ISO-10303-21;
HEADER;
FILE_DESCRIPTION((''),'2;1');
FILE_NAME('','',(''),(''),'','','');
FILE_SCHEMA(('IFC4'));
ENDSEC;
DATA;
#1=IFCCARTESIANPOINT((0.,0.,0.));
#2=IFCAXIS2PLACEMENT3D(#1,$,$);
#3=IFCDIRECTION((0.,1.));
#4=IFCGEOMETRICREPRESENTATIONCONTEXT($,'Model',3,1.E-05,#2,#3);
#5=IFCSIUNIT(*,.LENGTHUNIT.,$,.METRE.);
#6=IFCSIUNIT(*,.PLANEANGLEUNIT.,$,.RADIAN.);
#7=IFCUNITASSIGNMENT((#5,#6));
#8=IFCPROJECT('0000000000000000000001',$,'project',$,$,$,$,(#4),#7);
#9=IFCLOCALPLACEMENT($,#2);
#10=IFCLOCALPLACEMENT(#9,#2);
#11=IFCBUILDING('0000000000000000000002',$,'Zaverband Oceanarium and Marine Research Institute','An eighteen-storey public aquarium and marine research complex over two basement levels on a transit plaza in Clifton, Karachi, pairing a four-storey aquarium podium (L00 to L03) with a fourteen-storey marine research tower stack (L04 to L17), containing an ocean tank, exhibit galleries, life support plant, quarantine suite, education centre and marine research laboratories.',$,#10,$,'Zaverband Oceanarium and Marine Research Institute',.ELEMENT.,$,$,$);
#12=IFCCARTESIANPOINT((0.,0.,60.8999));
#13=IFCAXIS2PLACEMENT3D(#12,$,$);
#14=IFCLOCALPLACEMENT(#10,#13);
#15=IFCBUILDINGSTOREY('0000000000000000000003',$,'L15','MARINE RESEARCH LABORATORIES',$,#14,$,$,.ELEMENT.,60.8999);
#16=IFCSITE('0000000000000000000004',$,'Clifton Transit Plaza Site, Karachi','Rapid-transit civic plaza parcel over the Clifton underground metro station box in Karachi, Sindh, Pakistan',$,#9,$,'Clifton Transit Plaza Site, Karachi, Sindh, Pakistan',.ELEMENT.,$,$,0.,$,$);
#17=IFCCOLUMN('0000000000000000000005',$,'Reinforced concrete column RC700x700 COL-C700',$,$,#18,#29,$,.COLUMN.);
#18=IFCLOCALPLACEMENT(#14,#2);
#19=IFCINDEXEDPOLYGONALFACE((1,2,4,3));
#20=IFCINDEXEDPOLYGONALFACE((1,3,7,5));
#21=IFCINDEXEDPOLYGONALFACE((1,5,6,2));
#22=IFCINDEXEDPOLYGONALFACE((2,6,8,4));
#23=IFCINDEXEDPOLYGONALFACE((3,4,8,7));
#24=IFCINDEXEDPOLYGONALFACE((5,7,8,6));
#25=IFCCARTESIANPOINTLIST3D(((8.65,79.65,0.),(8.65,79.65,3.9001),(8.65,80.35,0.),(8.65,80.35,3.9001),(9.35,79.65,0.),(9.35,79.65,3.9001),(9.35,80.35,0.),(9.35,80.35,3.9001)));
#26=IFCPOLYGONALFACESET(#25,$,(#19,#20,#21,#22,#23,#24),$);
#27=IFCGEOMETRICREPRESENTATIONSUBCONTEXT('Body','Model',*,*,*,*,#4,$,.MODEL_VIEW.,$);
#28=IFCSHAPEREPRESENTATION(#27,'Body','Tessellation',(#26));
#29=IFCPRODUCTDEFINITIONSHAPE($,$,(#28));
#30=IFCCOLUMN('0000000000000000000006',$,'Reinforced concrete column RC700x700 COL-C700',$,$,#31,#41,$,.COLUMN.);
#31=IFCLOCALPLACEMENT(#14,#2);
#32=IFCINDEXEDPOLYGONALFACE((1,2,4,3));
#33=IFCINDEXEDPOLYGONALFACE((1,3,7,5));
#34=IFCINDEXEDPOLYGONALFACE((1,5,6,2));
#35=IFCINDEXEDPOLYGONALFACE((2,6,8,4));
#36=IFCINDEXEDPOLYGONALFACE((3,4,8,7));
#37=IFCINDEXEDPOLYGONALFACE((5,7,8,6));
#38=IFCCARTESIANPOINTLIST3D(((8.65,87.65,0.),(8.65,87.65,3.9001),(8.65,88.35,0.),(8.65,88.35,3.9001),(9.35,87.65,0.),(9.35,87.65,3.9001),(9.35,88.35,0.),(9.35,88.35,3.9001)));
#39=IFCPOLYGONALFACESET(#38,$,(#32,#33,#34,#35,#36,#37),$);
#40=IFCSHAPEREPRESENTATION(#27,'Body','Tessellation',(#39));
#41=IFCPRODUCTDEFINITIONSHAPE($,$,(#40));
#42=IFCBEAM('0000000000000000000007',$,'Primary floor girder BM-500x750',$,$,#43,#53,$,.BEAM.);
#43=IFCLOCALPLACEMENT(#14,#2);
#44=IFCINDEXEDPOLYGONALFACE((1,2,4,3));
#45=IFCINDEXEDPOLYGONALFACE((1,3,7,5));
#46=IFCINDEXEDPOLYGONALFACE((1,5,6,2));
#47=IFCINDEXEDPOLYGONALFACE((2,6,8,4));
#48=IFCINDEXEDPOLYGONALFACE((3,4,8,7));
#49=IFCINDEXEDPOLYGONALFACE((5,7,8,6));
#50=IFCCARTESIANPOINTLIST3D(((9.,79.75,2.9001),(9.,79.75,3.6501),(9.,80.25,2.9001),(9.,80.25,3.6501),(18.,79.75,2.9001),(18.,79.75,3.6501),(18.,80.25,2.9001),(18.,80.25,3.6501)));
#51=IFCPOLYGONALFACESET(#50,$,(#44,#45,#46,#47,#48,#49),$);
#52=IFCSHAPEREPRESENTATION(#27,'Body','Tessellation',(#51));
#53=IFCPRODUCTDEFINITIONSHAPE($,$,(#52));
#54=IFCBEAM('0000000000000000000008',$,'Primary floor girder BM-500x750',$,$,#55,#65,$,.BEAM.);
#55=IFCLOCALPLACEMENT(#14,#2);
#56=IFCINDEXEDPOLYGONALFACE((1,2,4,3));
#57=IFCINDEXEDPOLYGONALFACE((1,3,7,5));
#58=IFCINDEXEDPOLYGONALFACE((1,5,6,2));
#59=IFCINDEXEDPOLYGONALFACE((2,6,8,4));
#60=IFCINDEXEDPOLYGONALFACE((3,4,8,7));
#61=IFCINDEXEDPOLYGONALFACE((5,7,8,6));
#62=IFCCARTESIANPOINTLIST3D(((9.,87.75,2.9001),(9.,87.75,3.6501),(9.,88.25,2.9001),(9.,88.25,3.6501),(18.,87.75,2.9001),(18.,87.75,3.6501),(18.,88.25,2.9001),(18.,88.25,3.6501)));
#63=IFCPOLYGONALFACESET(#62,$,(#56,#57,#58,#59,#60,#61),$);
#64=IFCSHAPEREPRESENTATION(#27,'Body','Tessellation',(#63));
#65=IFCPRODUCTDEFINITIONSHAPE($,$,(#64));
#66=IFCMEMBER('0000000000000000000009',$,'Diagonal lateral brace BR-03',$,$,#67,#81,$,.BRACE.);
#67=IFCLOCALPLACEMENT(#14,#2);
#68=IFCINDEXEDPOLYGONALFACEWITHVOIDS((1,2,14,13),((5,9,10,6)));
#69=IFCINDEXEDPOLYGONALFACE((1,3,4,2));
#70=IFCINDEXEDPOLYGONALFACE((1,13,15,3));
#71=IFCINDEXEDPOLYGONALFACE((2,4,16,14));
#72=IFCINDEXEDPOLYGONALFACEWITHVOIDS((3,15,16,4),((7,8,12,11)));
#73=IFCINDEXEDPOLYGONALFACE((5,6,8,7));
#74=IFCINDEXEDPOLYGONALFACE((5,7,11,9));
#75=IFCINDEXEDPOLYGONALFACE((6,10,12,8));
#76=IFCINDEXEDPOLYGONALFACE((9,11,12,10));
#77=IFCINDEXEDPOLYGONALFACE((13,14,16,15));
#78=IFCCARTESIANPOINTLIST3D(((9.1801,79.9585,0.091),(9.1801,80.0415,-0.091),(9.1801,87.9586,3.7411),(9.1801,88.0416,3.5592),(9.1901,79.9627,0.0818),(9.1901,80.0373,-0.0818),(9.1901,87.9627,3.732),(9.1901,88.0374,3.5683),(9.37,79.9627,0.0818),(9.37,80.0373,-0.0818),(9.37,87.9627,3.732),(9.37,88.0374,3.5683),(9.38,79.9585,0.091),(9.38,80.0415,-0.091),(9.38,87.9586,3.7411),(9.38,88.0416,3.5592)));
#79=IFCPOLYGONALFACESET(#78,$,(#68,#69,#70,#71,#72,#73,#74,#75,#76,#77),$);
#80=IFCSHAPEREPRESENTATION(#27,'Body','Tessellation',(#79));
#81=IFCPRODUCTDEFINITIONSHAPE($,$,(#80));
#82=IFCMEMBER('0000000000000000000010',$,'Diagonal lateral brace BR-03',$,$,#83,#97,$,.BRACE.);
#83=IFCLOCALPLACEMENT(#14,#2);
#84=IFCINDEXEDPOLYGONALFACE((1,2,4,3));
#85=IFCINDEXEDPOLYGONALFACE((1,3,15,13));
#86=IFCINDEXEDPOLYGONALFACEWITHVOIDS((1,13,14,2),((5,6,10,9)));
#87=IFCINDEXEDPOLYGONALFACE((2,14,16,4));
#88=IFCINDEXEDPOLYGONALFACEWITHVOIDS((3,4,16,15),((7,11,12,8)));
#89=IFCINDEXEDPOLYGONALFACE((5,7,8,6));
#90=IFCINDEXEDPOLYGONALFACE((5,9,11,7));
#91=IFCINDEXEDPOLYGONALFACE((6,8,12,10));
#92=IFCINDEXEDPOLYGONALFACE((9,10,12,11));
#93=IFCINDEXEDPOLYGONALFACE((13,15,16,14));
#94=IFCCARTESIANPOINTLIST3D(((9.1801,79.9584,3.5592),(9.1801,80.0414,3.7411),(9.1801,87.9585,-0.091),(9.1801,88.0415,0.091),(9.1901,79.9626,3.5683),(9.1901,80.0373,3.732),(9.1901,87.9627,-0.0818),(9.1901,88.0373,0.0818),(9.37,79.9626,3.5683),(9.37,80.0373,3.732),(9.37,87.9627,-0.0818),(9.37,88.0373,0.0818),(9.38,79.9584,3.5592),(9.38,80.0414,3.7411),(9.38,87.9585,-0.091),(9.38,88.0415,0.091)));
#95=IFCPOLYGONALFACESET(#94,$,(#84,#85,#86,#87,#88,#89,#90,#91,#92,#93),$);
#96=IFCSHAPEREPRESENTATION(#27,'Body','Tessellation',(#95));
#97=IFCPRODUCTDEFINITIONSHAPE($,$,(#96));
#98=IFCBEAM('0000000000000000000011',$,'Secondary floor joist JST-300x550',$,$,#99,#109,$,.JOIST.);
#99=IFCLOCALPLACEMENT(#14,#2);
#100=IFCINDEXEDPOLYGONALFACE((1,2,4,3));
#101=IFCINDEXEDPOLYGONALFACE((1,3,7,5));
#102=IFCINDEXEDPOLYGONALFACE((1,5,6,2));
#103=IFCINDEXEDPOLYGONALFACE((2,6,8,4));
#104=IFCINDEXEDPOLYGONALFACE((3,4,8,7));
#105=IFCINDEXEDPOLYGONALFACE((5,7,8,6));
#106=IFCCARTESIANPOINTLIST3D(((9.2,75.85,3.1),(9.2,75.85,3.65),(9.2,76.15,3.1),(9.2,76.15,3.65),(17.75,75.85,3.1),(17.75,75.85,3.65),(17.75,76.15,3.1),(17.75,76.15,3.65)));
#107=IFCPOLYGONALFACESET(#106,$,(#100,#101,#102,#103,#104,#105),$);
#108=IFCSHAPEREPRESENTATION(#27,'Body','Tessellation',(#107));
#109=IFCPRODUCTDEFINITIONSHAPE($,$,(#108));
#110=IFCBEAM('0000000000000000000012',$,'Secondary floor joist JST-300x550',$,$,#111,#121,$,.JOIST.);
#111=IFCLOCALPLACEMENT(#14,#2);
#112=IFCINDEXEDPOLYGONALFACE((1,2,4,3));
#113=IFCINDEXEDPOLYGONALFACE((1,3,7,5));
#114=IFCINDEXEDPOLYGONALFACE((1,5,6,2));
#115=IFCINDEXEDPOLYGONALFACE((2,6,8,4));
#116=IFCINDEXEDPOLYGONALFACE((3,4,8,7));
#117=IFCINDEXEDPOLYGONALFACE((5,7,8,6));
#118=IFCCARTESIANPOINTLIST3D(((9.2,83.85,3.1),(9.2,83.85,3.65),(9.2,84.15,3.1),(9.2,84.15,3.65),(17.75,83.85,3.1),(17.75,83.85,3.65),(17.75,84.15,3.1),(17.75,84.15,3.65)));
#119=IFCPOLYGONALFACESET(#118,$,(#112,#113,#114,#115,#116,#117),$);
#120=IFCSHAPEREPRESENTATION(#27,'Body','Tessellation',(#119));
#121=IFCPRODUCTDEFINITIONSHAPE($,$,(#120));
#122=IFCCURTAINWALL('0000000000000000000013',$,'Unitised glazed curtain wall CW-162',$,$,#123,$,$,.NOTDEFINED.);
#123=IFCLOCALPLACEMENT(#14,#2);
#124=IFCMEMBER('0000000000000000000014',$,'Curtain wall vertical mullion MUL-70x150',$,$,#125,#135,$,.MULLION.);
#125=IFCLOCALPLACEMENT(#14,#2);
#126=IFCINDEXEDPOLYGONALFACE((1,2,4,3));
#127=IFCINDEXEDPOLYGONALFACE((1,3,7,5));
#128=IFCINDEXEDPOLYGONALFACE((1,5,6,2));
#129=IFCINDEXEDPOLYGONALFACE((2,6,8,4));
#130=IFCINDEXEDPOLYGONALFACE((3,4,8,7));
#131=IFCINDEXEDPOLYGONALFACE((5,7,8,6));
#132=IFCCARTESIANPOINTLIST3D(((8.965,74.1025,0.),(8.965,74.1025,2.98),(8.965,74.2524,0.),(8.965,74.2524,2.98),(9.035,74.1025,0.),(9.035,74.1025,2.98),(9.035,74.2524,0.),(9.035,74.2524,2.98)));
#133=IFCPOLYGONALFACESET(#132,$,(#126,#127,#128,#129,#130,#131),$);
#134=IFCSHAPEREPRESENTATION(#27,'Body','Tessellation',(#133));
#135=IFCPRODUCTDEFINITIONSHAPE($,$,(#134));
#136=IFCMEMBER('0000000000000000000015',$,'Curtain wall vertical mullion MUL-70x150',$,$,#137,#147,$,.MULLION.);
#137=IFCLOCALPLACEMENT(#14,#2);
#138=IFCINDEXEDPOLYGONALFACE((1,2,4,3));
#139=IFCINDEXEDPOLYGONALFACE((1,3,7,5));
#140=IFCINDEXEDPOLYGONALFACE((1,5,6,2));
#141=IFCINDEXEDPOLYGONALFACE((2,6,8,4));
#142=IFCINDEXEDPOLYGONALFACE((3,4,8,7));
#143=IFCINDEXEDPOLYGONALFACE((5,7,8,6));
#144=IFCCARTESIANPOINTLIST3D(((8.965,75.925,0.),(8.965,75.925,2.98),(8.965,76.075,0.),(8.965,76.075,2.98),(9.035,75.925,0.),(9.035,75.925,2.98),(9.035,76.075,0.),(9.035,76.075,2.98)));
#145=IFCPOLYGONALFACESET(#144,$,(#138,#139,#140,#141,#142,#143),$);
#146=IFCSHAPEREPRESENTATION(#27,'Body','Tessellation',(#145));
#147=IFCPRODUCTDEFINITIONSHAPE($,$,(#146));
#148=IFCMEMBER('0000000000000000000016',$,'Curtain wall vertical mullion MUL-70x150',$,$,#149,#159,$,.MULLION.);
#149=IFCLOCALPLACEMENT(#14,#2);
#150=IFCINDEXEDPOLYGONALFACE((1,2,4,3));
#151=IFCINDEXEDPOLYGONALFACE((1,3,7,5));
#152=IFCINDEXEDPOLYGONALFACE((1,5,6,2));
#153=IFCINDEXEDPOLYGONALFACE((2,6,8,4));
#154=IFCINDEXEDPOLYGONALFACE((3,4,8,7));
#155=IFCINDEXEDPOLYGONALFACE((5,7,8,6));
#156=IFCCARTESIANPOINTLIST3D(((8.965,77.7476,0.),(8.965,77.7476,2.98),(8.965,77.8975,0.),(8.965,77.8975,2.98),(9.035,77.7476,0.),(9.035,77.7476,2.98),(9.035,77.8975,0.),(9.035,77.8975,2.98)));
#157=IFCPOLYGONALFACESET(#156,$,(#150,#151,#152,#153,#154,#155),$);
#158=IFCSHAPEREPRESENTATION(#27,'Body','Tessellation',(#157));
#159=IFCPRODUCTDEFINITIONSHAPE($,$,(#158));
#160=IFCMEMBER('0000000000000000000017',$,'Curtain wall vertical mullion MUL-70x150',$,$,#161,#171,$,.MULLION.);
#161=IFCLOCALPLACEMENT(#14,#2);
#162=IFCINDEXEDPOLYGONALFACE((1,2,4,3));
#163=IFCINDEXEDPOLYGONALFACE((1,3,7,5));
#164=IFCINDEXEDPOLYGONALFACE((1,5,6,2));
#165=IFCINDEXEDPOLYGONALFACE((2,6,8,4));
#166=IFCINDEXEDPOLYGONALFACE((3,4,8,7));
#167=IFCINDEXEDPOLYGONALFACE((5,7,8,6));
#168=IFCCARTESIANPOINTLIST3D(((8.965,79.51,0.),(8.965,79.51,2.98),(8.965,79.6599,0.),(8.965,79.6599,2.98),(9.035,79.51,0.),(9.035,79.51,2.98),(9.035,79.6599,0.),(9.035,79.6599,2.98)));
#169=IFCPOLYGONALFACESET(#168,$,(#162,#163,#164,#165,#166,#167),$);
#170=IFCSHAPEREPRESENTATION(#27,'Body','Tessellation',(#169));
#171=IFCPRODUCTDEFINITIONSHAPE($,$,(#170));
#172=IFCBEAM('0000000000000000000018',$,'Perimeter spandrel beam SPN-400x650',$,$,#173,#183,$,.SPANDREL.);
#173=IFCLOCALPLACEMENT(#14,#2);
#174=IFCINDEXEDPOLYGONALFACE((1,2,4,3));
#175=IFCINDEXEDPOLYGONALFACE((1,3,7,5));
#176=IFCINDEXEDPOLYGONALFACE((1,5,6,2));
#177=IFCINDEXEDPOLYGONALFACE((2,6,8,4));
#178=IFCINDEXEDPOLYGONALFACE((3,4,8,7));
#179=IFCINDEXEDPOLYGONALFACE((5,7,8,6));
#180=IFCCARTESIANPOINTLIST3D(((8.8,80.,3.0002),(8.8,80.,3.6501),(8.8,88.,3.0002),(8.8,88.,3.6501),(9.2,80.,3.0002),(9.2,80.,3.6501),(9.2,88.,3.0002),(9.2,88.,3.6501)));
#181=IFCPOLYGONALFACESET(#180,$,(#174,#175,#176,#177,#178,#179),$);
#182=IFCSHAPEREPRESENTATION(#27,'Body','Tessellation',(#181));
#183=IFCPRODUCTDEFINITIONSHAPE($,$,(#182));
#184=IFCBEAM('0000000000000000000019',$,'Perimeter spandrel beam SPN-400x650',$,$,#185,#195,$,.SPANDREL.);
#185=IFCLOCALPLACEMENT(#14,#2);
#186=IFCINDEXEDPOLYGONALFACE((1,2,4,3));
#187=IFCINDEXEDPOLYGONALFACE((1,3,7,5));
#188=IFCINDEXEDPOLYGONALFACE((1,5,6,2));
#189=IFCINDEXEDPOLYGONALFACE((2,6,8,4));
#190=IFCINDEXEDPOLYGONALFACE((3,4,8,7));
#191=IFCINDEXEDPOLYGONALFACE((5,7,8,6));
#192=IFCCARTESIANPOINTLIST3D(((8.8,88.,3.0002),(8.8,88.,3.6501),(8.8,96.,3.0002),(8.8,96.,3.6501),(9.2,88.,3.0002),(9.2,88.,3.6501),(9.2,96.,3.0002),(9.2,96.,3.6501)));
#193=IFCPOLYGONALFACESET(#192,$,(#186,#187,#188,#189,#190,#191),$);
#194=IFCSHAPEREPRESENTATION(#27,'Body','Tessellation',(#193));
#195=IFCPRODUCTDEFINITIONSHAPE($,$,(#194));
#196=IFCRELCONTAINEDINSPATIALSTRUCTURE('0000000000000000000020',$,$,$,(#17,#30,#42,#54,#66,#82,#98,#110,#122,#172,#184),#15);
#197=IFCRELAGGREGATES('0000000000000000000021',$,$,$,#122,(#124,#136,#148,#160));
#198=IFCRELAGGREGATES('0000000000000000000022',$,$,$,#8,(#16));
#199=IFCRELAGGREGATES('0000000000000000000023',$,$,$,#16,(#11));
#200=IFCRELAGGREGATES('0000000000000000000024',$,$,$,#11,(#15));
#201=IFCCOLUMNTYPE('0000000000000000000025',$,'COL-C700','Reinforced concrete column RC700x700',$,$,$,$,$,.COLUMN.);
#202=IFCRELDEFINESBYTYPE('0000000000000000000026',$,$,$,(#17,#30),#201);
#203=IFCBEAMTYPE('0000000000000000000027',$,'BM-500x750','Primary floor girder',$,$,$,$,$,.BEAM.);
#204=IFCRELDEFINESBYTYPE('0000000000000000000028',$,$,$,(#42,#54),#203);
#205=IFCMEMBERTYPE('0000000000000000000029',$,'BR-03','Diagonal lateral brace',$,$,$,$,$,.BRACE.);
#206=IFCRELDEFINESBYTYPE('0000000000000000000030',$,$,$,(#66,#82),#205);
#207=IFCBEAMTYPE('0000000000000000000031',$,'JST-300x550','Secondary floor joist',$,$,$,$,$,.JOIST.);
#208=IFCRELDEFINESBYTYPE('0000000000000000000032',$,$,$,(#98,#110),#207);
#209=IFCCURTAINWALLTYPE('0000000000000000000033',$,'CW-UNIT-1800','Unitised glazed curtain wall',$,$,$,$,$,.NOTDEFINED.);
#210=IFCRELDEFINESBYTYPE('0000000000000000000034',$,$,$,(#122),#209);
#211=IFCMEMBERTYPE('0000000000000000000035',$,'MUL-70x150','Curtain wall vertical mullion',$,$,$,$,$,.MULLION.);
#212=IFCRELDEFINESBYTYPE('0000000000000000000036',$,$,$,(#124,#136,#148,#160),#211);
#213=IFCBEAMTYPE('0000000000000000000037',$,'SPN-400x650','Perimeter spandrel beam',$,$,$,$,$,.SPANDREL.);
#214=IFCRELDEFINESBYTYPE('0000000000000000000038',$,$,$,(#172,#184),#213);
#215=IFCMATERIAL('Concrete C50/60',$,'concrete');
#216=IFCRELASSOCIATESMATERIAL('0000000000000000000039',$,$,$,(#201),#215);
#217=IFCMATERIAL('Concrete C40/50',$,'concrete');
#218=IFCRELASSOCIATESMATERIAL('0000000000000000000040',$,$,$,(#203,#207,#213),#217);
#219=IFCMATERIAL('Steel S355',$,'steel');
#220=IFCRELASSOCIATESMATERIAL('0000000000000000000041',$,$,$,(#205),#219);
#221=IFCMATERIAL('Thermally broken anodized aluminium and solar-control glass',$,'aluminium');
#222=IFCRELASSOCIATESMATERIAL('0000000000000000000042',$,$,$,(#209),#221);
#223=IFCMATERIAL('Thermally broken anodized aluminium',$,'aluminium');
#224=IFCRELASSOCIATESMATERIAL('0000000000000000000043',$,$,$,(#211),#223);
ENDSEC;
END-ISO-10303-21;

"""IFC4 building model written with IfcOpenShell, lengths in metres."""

from ifc_helpers import new_model, si_unit, direction, frame, origin, origin_2d, place, context, subcontext, project, spatial, rectangle, hollow_rectangle, extrude, material, material_profile, profile_set, type_object, element, aggregate, save


model = new_model("IFC4")

# Units and contexts
model_context = context("Model", 3, precision=1e-05, world=origin(), true_north=direction((0.0, 1.0)))
body_context = subcontext(model_context, "Body", "Model", "MODEL_VIEW")
ifc_project = project(units=[si_unit("LENGTHUNIT", "METRE"), si_unit("PLANEANGLEUNIT", "RADIAN")], contexts=[model_context])

# Site, building, storey
site_placement = place(None, origin())
site = spatial("IfcSite", under=ifc_project, at=site_placement, Name="Clifton Transit Plaza Site, Karachi", Description="Rapid-transit civic plaza parcel over the Clifton underground metro station box in Karachi, Sindh, Pakistan", LongName="Clifton Transit Plaza Site, Karachi, Sindh, Pakistan", CompositionType="ELEMENT", RefElevation=0.0)
building_placement = place(site_placement, origin())
building = spatial("IfcBuilding", under=site, at=building_placement, Name="Zaverband Oceanarium and Marine Research Institute", Description="An eighteen-storey public aquarium and marine research complex over two basement levels on a transit plaza in Clifton, Karachi, pairing a four-storey aquarium podium (L00 to L03) with a fourteen-storey marine research tower stack (L04 to L17), containing an ocean tank, exhibit galleries, life support plant, quarantine suite, education centre and marine research laboratories.", LongName="Zaverband Oceanarium and Marine Research Institute", CompositionType="ELEMENT")
storey_placement = place(building_placement, frame((0.0, 0.0, 60.8999)))
storey = spatial("IfcBuildingStorey", under=building, at=storey_placement, Name="L15", Description="MARINE RESEARCH LABORATORIES", CompositionType="ELEMENT", Elevation=60.8999)

# Columns
ifc_material_1 = material(Name="Concrete C50/60", Category="concrete")
ifc_material_profile_1 = material_profile(ifc_material_1, rectangle(XDim=0.7, YDim=0.7, at=origin_2d()), Name="RC700x700")
ifc_profile_set_1 = profile_set([ifc_material_profile_1], Name="Concrete C50/60")
column_type = type_object("IfcColumnType", Name="COL-C700", Description="Reinforced concrete column RC700x700", PredefinedType="COLUMN", material=ifc_profile_set_1)
for number, where, z_axis, x_axis, name in (
    (1, (9.0, 80.0, 0.0), (0.0, 0.0, 1.0), (1.0, 0.0, 0.0), "Reinforced concrete column RC700x700 COL-C700"),
    (2, (9.0, 88.0, 0.0), (0.0, 0.0, 1.0), (1.0, 0.0, 0.0), "Reinforced concrete column RC700x700 COL-C700"),
):
    element("IfcColumn", number, at=place(storey_placement, frame(where, z_axis=z_axis, x_axis=x_axis)), inside=storey, type_object=column_type, Name=name, PredefinedType="COLUMN", context=body_context, shape_type="SweptSolid", body=[
        extrude(rectangle(XDim=0.7, YDim=0.7, at=origin_2d()), origin(), (0.0, 0.0, 1.0), 3.9001),
    ])

# Beams
ifc_material_2 = material(Name="Concrete C40/50", Category="concrete")
ifc_material_profile_2 = material_profile(ifc_material_2, rectangle(XDim=0.5, YDim=0.75, at=origin_2d()), Name="RC500x750")
ifc_profile_set_2 = profile_set([ifc_material_profile_2], Name="Concrete C40/50")
beam_type_1 = type_object("IfcBeamType", Name="BM-500x750", Description="Primary floor girder", PredefinedType="BEAM", material=ifc_profile_set_2)
for number, where, z_axis, x_axis, name in (
    (3, (9.0, 80.0, 3.2751), (1.0, 0.0, 0.0), (0.0, 1.0, 0.0), "Primary floor girder BM-500x750"),
    (4, (9.0, 88.0, 3.2751), (1.0, 0.0, 0.0), (0.0, 1.0, 0.0), "Primary floor girder BM-500x750"),
):
    element("IfcBeam", number, at=place(storey_placement, frame(where, z_axis=z_axis, x_axis=x_axis)), inside=storey, type_object=beam_type_1, Name=name, PredefinedType="BEAM", context=body_context, shape_type="SweptSolid", body=[
        extrude(rectangle(XDim=0.5, YDim=0.75, at=origin_2d()), origin(), (0.0, 0.0, 1.0), 9.0),
    ])

# Members
ifc_material_3 = material(Name="Steel S355", Category="steel")
ifc_material_profile_3 = material_profile(ifc_material_3, hollow_rectangle(XDim=0.2, YDim=0.2, WallThickness=0.01, at=origin_2d()), Name="SHS200x200x10")
ifc_profile_set_3 = profile_set([ifc_material_profile_3], Name="Steel S355")
member_type_1 = type_object("IfcMemberType", Name="BR-03", Description="Diagonal lateral brace", PredefinedType="BRACE", material=ifc_profile_set_3)
for number, where, z_axis, x_axis, name in (
    (5, (9.28, 80.0, 0.0), (0.0, 0.909775, 0.415102), (-1.0, 0.0, 0.0), "Diagonal lateral brace BR-03"),
    (6, (9.28, 88.0, 0.0), (0.0, -0.909775, 0.415102), (1.0, 0.0, 0.0), "Diagonal lateral brace BR-03"),
):
    element("IfcMember", number, at=place(storey_placement, frame(where, z_axis=z_axis, x_axis=x_axis)), inside=storey, type_object=member_type_1, Name=name, PredefinedType="BRACE", context=body_context, shape_type="SweptSolid", body=[
        extrude(hollow_rectangle(XDim=0.2, YDim=0.2, WallThickness=0.01, at=origin_2d()), origin(), (0.0, 0.0, 1.0), 8.7935),
    ])

# Beams
ifc_material_profile_4 = material_profile(ifc_material_2, rectangle(XDim=0.3, YDim=0.55, at=origin_2d()), Name="RC300x550")
ifc_profile_set_4 = profile_set([ifc_material_profile_4], Name="Concrete C40/50")
beam_type_2 = type_object("IfcBeamType", Name="JST-300x550", Description="Secondary floor joist", PredefinedType="JOIST", material=ifc_profile_set_4)
for number, where, z_axis, x_axis, name in (
    (7, (9.2, 76.0, 3.375), (1.0, 0.0, 0.0), (0.0, 1.0, 0.0), "Secondary floor joist JST-300x550"),
    (8, (9.2, 84.0, 3.375), (1.0, 0.0, 0.0), (0.0, 1.0, 0.0), "Secondary floor joist JST-300x550"),
):
    element("IfcBeam", number, at=place(storey_placement, frame(where, z_axis=z_axis, x_axis=x_axis)), inside=storey, type_object=beam_type_2, Name=name, PredefinedType="JOIST", context=body_context, shape_type="SweptSolid", body=[
        extrude(rectangle(XDim=0.3, YDim=0.55, at=origin_2d()), origin(), (0.0, 0.0, 1.0), 8.55),
    ])

# Curtain wall, members
ifc_material_4 = material(Name="Thermally broken anodized aluminium and solar-control glass", Category="aluminium")
curtain_wall_type = type_object("IfcCurtainWallType", Name="CW-UNIT-1800", Description="Unitised glazed curtain wall", PredefinedType="NOTDEFINED", material=ifc_material_4)
curtain_wall_placement = place(storey_placement, origin())
curtain_wall = element("IfcCurtainWall", 9, at=curtain_wall_placement, inside=storey, type_object=curtain_wall_type, Name="Unitised glazed curtain wall CW-162", PredefinedType="NOTDEFINED")
ifc_material_5 = material(Name="Thermally broken anodized aluminium", Category="aluminium")
ifc_material_profile_5 = material_profile(ifc_material_5, rectangle(XDim=0.0701, YDim=0.1499, at=origin_2d()), Name="AL-MUL-70x150")
ifc_profile_set_5 = profile_set([ifc_material_profile_5], Name="Thermally broken anodized aluminium")
member_type_2 = type_object("IfcMemberType", Name="MUL-70x150", Description="Curtain wall vertical mullion", PredefinedType="MULLION", material=ifc_profile_set_5)
member_1_placement = place(storey_placement, frame((9.0, 74.1775, 0.0), z_axis=(0.0, 0.0, 1.0), x_axis=(1.0, 0.0, 0.0)))
member_1 = element("IfcMember", 10, at=member_1_placement, type_object=member_type_2, Name="Curtain wall vertical mullion MUL-70x150", PredefinedType="MULLION", context=body_context, shape_type="SweptSolid", body=[
    extrude(rectangle(XDim=0.0701, YDim=0.1499, at=origin_2d()), origin(), (0.0, 0.0, 1.0), 2.98),
])
member_2_placement = place(storey_placement, frame((9.0, 76.0, 0.0), z_axis=(0.0, 0.0, 1.0), x_axis=(1.0, 0.0, 0.0)))
member_2 = element("IfcMember", 11, at=member_2_placement, type_object=member_type_2, Name="Curtain wall vertical mullion MUL-70x150", PredefinedType="MULLION", context=body_context, shape_type="SweptSolid", body=[
    extrude(rectangle(XDim=0.0701, YDim=0.1499, at=origin_2d()), origin(), (0.0, 0.0, 1.0), 2.98),
])
member_3_placement = place(storey_placement, frame((9.0, 77.8225, 0.0), z_axis=(0.0, 0.0, 1.0), x_axis=(1.0, 0.0, 0.0)))
member_3 = element("IfcMember", 12, at=member_3_placement, type_object=member_type_2, Name="Curtain wall vertical mullion MUL-70x150", PredefinedType="MULLION", context=body_context, shape_type="SweptSolid", body=[
    extrude(rectangle(XDim=0.0701, YDim=0.1499, at=origin_2d()), origin(), (0.0, 0.0, 1.0), 2.98),
])
member_4_placement = place(storey_placement, frame((9.0, 79.585, 0.0), z_axis=(0.0, 0.0, 1.0), x_axis=(1.0, 0.0, 0.0)))
member_4 = element("IfcMember", 13, at=member_4_placement, type_object=member_type_2, Name="Curtain wall vertical mullion MUL-70x150", PredefinedType="MULLION", context=body_context, shape_type="SweptSolid", body=[
    extrude(rectangle(XDim=0.0701, YDim=0.1499, at=origin_2d()), origin(), (0.0, 0.0, 1.0), 2.98),
])

# Beams
ifc_material_profile_6 = material_profile(ifc_material_2, rectangle(XDim=0.3999, YDim=0.6499, at=origin_2d()), Name="RC400x650")
ifc_profile_set_6 = profile_set([ifc_material_profile_6], Name="Concrete C40/50")
beam_type_3 = type_object("IfcBeamType", Name="SPN-400x650", Description="Perimeter spandrel beam", PredefinedType="SPANDREL", material=ifc_profile_set_6)
for number, where, z_axis, x_axis, name in (
    (14, (9.0, 80.0, 3.3252), (0.0, 1.0, 0.0), (-1.0, 0.0, 0.0), "Perimeter spandrel beam SPN-400x650"),
    (15, (9.0, 88.0, 3.3252), (0.0, 1.0, 0.0), (-1.0, 0.0, 0.0), "Perimeter spandrel beam SPN-400x650"),
):
    element("IfcBeam", number, at=place(storey_placement, frame(where, z_axis=z_axis, x_axis=x_axis)), inside=storey, type_object=beam_type_3, Name=name, PredefinedType="SPANDREL", context=body_context, shape_type="SweptSolid", body=[
        extrude(rectangle(XDim=0.3999, YDim=0.6499, at=origin_2d()), origin(), (0.0, 0.0, 1.0), 8.0),
    ])

aggregate(curtain_wall, [member_1, member_2, member_3, member_4])

save(model, "model.ifc")
